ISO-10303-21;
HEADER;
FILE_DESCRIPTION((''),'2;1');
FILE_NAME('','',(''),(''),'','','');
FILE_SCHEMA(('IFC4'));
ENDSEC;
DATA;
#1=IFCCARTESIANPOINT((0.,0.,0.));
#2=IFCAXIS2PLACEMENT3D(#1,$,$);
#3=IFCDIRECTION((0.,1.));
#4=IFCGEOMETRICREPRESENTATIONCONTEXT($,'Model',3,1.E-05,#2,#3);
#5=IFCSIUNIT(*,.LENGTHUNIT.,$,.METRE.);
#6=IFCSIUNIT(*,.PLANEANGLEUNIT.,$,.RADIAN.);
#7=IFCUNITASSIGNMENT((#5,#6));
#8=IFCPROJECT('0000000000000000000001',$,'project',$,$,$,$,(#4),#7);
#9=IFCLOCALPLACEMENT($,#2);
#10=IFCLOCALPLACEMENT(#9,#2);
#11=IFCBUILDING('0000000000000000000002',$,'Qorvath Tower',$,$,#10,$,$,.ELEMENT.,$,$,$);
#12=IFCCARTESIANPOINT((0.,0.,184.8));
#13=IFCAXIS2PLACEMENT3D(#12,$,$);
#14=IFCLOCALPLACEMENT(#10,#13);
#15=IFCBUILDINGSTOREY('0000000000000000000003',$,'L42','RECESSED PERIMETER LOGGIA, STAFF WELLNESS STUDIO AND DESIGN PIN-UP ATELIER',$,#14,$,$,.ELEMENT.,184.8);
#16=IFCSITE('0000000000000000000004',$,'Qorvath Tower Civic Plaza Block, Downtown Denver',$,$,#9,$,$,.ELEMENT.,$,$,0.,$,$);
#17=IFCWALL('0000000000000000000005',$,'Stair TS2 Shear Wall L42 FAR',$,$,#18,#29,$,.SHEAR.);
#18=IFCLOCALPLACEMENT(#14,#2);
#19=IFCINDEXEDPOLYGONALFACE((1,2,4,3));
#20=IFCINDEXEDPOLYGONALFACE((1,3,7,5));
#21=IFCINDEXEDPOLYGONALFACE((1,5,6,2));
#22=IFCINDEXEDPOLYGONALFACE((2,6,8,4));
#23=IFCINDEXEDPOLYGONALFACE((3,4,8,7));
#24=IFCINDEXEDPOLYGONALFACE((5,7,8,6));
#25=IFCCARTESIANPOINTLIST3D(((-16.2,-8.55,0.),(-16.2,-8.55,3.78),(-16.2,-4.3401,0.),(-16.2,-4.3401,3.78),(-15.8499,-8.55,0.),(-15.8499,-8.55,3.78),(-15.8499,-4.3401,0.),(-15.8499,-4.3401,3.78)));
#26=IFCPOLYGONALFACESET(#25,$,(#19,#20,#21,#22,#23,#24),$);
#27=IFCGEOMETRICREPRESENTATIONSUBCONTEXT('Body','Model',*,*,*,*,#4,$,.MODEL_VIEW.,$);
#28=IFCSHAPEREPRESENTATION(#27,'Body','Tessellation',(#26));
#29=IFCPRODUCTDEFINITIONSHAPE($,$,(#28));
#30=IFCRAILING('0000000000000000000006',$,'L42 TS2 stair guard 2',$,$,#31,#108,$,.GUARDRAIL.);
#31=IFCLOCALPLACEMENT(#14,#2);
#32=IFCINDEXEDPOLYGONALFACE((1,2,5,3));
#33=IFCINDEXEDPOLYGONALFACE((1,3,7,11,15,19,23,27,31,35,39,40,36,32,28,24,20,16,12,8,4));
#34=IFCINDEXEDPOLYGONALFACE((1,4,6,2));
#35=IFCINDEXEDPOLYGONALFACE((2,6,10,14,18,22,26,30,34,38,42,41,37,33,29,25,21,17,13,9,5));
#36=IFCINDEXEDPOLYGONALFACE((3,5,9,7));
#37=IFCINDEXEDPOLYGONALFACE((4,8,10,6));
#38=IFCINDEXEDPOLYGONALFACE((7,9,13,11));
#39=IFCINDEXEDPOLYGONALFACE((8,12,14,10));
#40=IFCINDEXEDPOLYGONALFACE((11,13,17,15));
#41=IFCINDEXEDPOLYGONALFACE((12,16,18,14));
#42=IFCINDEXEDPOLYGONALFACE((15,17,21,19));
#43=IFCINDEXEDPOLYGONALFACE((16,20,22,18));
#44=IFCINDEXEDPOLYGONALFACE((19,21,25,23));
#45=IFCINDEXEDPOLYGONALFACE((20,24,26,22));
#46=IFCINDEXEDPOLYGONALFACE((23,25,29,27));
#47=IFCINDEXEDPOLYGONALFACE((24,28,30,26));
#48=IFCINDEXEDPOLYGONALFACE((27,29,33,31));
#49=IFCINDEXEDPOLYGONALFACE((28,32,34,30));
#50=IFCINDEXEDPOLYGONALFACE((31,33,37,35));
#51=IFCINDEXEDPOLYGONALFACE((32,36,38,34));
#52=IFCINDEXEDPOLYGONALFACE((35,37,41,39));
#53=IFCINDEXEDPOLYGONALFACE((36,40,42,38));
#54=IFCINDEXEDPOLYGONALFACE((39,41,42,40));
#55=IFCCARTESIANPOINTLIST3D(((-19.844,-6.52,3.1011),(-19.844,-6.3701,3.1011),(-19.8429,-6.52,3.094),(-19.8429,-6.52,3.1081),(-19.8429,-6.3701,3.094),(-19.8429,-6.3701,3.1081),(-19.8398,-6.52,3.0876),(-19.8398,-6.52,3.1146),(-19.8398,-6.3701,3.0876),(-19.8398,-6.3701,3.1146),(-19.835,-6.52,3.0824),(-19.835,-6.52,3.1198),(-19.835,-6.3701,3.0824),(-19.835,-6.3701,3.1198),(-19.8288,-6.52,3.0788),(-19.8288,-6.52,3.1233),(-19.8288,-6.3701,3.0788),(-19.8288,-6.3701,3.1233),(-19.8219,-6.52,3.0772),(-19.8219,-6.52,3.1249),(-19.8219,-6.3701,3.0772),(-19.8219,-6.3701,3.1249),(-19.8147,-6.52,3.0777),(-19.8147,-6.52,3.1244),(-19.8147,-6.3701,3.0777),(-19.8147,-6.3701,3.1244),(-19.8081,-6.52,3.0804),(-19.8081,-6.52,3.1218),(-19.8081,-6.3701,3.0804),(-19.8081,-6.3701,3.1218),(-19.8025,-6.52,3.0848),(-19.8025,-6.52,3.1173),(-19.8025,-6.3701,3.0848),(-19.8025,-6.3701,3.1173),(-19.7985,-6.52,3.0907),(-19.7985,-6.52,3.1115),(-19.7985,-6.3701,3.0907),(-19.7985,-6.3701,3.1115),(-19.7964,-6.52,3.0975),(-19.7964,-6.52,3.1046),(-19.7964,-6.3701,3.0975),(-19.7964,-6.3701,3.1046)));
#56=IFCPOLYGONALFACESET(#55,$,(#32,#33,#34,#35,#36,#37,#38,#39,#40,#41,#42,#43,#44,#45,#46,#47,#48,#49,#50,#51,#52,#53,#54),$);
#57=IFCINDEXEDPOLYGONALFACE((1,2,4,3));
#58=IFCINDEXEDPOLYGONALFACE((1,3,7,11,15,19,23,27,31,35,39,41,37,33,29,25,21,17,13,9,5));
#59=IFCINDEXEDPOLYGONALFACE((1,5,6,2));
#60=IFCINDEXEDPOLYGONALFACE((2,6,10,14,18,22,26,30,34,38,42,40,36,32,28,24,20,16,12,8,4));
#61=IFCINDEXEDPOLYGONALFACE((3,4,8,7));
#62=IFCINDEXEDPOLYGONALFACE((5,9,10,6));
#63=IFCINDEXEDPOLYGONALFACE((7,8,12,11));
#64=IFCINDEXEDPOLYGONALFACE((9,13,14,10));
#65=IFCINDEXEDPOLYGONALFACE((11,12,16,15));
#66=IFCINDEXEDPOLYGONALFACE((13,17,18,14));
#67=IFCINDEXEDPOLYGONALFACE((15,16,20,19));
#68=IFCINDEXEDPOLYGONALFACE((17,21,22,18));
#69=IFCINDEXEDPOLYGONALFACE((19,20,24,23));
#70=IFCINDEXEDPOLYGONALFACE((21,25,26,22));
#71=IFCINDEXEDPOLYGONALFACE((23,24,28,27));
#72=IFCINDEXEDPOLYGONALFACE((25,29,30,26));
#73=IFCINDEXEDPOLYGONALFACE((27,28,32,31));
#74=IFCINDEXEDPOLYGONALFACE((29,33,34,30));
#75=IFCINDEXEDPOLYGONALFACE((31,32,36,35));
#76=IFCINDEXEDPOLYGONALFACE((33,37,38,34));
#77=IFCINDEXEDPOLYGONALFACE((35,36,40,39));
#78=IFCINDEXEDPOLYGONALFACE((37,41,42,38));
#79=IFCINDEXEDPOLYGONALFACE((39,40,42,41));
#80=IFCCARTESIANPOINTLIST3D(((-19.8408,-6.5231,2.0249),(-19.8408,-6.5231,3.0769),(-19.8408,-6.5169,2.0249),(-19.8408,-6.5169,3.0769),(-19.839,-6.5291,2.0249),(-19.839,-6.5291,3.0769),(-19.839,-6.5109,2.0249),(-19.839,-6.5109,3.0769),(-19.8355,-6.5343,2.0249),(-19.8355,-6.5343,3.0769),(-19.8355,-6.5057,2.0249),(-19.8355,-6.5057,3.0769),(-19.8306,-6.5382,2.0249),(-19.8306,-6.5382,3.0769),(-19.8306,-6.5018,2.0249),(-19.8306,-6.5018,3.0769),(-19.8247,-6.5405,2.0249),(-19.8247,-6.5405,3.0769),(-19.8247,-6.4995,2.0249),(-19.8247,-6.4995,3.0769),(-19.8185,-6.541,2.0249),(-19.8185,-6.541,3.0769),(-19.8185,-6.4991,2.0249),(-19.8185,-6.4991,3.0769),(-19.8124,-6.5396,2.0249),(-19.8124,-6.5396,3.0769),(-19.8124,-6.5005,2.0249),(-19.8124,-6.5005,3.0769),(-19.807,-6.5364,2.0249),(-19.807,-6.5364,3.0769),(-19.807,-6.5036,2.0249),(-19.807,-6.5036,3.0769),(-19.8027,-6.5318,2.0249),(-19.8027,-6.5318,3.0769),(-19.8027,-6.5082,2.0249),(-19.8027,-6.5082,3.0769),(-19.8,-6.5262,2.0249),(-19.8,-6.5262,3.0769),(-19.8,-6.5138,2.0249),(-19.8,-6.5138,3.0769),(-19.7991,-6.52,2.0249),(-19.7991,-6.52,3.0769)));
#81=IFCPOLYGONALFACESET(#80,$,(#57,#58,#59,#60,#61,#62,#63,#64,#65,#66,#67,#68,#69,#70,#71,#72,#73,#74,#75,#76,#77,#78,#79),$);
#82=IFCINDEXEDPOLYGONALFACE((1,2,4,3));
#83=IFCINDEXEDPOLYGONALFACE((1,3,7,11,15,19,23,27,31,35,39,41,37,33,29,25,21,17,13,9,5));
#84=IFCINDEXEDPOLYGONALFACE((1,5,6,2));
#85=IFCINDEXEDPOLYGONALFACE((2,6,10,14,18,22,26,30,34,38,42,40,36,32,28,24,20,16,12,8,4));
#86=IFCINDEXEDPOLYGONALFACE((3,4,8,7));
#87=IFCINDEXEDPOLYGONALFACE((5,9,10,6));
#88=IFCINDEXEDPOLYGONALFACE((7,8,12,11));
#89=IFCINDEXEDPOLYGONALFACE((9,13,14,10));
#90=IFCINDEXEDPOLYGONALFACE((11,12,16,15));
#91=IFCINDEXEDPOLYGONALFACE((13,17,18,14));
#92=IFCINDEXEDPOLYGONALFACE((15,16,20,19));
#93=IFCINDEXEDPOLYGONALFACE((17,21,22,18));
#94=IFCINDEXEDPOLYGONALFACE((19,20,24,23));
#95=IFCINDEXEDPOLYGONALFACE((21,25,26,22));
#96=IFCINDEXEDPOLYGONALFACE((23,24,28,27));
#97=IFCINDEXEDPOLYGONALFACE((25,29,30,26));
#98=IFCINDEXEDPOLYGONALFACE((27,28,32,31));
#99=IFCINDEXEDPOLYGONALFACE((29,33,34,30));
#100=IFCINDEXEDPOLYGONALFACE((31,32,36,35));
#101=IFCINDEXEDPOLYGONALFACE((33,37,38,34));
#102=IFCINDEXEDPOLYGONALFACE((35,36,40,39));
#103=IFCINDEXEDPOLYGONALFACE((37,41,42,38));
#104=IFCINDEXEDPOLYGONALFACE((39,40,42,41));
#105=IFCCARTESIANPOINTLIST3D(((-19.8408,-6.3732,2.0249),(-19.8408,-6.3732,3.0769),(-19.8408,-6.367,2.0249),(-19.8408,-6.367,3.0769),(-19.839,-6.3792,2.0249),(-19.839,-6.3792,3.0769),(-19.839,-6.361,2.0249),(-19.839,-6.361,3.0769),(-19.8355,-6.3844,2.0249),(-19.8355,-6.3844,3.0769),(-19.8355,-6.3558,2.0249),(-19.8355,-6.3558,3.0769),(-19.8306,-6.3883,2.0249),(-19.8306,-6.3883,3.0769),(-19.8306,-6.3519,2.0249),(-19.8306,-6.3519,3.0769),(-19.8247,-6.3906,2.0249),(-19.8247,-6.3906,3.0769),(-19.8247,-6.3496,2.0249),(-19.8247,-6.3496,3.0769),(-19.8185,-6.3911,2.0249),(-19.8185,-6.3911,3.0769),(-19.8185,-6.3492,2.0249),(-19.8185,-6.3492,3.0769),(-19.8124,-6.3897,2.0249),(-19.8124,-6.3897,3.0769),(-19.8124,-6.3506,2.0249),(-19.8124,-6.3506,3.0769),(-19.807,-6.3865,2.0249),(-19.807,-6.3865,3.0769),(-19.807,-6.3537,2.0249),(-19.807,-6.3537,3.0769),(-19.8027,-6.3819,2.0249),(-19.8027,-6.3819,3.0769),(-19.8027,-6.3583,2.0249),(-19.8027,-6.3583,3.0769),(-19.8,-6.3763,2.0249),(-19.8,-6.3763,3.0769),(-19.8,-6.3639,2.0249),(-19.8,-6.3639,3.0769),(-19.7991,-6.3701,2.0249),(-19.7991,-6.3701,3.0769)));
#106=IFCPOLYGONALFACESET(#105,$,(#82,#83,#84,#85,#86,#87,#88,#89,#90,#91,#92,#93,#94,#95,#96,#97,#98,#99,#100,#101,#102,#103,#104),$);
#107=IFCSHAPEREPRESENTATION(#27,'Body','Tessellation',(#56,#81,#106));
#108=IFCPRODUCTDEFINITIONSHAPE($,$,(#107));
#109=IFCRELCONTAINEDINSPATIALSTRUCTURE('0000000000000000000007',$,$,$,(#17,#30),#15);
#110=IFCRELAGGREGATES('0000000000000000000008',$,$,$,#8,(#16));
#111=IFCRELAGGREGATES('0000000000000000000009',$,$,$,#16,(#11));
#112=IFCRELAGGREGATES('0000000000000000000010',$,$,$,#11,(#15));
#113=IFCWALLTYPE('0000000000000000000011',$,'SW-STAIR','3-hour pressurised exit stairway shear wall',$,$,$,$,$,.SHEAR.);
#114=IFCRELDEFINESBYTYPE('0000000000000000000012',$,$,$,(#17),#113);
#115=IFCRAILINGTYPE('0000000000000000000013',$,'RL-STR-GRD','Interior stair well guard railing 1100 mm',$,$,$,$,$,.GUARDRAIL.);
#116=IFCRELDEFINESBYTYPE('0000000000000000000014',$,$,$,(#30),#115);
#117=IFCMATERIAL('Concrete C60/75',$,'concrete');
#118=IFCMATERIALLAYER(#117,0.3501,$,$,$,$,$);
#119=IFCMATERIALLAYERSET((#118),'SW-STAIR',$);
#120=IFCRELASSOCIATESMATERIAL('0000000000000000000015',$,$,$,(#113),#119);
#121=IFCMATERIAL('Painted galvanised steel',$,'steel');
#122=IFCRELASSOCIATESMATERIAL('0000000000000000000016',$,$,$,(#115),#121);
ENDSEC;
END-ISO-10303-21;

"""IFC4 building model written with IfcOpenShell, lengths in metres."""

from ifc_helpers import new_model, si_unit, direction, frame, frame_2d, origin, origin_2d, place, context, subcontext, project, spatial, rectangle, circle, extrude, material, layer, layer_set, type_object, element, save


model = new_model("IFC4")

# Units and contexts
model_context = context("Model", 3, precision=1e-05, world=origin(), true_north=direction((0.0, 1.0)))
body_context = subcontext(model_context, "Body", "Model", "MODEL_VIEW")
ifc_project = project(units=[si_unit("LENGTHUNIT", "METRE"), si_unit("PLANEANGLEUNIT", "RADIAN")], contexts=[model_context])

# Site, building, storey
site_placement = place(None, origin())
site = spatial("IfcSite", under=ifc_project, at=site_placement, Name="Qorvath Tower Civic Plaza Block, Downtown Denver", CompositionType="ELEMENT", RefElevation=0.0)
building_placement = place(site_placement, origin())
building = spatial("IfcBuilding", under=site, at=building_placement, Name="Qorvath Tower", CompositionType="ELEMENT")
storey_placement = place(building_placement, frame((0.0, 0.0, 184.8)))
storey = spatial("IfcBuildingStorey", under=building, at=storey_placement, Name="L42", Description="RECESSED PERIMETER LOGGIA, STAFF WELLNESS STUDIO AND DESIGN PIN-UP ATELIER", CompositionType="ELEMENT", Elevation=184.8)

# Wall
ifc_material_1 = material(Name="Concrete C60/75", Category="concrete")
ifc_layer_1 = layer(ifc_material_1, 0.3501)
ifc_layer_set_1 = layer_set([ifc_layer_1], Name="SW-STAIR")
wall_type_1 = type_object("IfcWallType", Name="SW-STAIR", Description="3-hour pressurised exit stairway shear wall", PredefinedType="SHEAR", material=ifc_layer_set_1)
wall_1_placement = place(storey_placement, frame((-16.0249, -8.55, 0.0), z_axis=(0.0, 0.0, 1.0), x_axis=(0.0, 1.0, 0.0)))
element("IfcWall", 1, at=wall_1_placement, inside=storey, type_object=wall_type_1, Name="Stair TS2 Shear Wall L42 FAR", PredefinedType="SHEAR", context=body_context, shape_type="SweptSolid", body=[
    extrude(rectangle(XDim=4.21, YDim=0.3501, at=frame_2d((2.105, 0.0))), origin(), (0.0, 0.0, 1.0), 3.78),
])

# Railing
ifc_material_2 = material(Name="Painted galvanised steel", Category="steel")
railing_type = type_object("IfcRailingType", Name="RL-STR-GRD", Description="Interior stair well guard railing 1100 mm", PredefinedType="GUARDRAIL", material=ifc_material_2)
railing_1_placement = place(storey_placement, frame((-19.8201, -6.52, 2.0249)))
element("IfcRailing", 2, at=railing_1_placement, inside=storey, type_object=railing_type, Name="L42 TS2 stair guard 2", PredefinedType="GUARDRAIL", context=body_context, shape_type="SweptSolid", body=[
    extrude(circle(Radius=0.0239, at=origin_2d()), frame((0.0, 0.0, 1.0762), z_axis=(0.0, 1.0, 0.0), x_axis=(-1.0, 0.0, 0.0)), (0.0, 0.0, 1.0), 0.1499),
    extrude(circle(Radius=0.021, at=origin_2d()), origin(), (0.0, 0.0, 1.0), 1.052),
    extrude(circle(Radius=0.021, at=origin_2d()), frame((0.0, 0.1499, 0.0)), (0.0, 0.0, 1.0), 1.052),
])

save(model, "model.ifc")
